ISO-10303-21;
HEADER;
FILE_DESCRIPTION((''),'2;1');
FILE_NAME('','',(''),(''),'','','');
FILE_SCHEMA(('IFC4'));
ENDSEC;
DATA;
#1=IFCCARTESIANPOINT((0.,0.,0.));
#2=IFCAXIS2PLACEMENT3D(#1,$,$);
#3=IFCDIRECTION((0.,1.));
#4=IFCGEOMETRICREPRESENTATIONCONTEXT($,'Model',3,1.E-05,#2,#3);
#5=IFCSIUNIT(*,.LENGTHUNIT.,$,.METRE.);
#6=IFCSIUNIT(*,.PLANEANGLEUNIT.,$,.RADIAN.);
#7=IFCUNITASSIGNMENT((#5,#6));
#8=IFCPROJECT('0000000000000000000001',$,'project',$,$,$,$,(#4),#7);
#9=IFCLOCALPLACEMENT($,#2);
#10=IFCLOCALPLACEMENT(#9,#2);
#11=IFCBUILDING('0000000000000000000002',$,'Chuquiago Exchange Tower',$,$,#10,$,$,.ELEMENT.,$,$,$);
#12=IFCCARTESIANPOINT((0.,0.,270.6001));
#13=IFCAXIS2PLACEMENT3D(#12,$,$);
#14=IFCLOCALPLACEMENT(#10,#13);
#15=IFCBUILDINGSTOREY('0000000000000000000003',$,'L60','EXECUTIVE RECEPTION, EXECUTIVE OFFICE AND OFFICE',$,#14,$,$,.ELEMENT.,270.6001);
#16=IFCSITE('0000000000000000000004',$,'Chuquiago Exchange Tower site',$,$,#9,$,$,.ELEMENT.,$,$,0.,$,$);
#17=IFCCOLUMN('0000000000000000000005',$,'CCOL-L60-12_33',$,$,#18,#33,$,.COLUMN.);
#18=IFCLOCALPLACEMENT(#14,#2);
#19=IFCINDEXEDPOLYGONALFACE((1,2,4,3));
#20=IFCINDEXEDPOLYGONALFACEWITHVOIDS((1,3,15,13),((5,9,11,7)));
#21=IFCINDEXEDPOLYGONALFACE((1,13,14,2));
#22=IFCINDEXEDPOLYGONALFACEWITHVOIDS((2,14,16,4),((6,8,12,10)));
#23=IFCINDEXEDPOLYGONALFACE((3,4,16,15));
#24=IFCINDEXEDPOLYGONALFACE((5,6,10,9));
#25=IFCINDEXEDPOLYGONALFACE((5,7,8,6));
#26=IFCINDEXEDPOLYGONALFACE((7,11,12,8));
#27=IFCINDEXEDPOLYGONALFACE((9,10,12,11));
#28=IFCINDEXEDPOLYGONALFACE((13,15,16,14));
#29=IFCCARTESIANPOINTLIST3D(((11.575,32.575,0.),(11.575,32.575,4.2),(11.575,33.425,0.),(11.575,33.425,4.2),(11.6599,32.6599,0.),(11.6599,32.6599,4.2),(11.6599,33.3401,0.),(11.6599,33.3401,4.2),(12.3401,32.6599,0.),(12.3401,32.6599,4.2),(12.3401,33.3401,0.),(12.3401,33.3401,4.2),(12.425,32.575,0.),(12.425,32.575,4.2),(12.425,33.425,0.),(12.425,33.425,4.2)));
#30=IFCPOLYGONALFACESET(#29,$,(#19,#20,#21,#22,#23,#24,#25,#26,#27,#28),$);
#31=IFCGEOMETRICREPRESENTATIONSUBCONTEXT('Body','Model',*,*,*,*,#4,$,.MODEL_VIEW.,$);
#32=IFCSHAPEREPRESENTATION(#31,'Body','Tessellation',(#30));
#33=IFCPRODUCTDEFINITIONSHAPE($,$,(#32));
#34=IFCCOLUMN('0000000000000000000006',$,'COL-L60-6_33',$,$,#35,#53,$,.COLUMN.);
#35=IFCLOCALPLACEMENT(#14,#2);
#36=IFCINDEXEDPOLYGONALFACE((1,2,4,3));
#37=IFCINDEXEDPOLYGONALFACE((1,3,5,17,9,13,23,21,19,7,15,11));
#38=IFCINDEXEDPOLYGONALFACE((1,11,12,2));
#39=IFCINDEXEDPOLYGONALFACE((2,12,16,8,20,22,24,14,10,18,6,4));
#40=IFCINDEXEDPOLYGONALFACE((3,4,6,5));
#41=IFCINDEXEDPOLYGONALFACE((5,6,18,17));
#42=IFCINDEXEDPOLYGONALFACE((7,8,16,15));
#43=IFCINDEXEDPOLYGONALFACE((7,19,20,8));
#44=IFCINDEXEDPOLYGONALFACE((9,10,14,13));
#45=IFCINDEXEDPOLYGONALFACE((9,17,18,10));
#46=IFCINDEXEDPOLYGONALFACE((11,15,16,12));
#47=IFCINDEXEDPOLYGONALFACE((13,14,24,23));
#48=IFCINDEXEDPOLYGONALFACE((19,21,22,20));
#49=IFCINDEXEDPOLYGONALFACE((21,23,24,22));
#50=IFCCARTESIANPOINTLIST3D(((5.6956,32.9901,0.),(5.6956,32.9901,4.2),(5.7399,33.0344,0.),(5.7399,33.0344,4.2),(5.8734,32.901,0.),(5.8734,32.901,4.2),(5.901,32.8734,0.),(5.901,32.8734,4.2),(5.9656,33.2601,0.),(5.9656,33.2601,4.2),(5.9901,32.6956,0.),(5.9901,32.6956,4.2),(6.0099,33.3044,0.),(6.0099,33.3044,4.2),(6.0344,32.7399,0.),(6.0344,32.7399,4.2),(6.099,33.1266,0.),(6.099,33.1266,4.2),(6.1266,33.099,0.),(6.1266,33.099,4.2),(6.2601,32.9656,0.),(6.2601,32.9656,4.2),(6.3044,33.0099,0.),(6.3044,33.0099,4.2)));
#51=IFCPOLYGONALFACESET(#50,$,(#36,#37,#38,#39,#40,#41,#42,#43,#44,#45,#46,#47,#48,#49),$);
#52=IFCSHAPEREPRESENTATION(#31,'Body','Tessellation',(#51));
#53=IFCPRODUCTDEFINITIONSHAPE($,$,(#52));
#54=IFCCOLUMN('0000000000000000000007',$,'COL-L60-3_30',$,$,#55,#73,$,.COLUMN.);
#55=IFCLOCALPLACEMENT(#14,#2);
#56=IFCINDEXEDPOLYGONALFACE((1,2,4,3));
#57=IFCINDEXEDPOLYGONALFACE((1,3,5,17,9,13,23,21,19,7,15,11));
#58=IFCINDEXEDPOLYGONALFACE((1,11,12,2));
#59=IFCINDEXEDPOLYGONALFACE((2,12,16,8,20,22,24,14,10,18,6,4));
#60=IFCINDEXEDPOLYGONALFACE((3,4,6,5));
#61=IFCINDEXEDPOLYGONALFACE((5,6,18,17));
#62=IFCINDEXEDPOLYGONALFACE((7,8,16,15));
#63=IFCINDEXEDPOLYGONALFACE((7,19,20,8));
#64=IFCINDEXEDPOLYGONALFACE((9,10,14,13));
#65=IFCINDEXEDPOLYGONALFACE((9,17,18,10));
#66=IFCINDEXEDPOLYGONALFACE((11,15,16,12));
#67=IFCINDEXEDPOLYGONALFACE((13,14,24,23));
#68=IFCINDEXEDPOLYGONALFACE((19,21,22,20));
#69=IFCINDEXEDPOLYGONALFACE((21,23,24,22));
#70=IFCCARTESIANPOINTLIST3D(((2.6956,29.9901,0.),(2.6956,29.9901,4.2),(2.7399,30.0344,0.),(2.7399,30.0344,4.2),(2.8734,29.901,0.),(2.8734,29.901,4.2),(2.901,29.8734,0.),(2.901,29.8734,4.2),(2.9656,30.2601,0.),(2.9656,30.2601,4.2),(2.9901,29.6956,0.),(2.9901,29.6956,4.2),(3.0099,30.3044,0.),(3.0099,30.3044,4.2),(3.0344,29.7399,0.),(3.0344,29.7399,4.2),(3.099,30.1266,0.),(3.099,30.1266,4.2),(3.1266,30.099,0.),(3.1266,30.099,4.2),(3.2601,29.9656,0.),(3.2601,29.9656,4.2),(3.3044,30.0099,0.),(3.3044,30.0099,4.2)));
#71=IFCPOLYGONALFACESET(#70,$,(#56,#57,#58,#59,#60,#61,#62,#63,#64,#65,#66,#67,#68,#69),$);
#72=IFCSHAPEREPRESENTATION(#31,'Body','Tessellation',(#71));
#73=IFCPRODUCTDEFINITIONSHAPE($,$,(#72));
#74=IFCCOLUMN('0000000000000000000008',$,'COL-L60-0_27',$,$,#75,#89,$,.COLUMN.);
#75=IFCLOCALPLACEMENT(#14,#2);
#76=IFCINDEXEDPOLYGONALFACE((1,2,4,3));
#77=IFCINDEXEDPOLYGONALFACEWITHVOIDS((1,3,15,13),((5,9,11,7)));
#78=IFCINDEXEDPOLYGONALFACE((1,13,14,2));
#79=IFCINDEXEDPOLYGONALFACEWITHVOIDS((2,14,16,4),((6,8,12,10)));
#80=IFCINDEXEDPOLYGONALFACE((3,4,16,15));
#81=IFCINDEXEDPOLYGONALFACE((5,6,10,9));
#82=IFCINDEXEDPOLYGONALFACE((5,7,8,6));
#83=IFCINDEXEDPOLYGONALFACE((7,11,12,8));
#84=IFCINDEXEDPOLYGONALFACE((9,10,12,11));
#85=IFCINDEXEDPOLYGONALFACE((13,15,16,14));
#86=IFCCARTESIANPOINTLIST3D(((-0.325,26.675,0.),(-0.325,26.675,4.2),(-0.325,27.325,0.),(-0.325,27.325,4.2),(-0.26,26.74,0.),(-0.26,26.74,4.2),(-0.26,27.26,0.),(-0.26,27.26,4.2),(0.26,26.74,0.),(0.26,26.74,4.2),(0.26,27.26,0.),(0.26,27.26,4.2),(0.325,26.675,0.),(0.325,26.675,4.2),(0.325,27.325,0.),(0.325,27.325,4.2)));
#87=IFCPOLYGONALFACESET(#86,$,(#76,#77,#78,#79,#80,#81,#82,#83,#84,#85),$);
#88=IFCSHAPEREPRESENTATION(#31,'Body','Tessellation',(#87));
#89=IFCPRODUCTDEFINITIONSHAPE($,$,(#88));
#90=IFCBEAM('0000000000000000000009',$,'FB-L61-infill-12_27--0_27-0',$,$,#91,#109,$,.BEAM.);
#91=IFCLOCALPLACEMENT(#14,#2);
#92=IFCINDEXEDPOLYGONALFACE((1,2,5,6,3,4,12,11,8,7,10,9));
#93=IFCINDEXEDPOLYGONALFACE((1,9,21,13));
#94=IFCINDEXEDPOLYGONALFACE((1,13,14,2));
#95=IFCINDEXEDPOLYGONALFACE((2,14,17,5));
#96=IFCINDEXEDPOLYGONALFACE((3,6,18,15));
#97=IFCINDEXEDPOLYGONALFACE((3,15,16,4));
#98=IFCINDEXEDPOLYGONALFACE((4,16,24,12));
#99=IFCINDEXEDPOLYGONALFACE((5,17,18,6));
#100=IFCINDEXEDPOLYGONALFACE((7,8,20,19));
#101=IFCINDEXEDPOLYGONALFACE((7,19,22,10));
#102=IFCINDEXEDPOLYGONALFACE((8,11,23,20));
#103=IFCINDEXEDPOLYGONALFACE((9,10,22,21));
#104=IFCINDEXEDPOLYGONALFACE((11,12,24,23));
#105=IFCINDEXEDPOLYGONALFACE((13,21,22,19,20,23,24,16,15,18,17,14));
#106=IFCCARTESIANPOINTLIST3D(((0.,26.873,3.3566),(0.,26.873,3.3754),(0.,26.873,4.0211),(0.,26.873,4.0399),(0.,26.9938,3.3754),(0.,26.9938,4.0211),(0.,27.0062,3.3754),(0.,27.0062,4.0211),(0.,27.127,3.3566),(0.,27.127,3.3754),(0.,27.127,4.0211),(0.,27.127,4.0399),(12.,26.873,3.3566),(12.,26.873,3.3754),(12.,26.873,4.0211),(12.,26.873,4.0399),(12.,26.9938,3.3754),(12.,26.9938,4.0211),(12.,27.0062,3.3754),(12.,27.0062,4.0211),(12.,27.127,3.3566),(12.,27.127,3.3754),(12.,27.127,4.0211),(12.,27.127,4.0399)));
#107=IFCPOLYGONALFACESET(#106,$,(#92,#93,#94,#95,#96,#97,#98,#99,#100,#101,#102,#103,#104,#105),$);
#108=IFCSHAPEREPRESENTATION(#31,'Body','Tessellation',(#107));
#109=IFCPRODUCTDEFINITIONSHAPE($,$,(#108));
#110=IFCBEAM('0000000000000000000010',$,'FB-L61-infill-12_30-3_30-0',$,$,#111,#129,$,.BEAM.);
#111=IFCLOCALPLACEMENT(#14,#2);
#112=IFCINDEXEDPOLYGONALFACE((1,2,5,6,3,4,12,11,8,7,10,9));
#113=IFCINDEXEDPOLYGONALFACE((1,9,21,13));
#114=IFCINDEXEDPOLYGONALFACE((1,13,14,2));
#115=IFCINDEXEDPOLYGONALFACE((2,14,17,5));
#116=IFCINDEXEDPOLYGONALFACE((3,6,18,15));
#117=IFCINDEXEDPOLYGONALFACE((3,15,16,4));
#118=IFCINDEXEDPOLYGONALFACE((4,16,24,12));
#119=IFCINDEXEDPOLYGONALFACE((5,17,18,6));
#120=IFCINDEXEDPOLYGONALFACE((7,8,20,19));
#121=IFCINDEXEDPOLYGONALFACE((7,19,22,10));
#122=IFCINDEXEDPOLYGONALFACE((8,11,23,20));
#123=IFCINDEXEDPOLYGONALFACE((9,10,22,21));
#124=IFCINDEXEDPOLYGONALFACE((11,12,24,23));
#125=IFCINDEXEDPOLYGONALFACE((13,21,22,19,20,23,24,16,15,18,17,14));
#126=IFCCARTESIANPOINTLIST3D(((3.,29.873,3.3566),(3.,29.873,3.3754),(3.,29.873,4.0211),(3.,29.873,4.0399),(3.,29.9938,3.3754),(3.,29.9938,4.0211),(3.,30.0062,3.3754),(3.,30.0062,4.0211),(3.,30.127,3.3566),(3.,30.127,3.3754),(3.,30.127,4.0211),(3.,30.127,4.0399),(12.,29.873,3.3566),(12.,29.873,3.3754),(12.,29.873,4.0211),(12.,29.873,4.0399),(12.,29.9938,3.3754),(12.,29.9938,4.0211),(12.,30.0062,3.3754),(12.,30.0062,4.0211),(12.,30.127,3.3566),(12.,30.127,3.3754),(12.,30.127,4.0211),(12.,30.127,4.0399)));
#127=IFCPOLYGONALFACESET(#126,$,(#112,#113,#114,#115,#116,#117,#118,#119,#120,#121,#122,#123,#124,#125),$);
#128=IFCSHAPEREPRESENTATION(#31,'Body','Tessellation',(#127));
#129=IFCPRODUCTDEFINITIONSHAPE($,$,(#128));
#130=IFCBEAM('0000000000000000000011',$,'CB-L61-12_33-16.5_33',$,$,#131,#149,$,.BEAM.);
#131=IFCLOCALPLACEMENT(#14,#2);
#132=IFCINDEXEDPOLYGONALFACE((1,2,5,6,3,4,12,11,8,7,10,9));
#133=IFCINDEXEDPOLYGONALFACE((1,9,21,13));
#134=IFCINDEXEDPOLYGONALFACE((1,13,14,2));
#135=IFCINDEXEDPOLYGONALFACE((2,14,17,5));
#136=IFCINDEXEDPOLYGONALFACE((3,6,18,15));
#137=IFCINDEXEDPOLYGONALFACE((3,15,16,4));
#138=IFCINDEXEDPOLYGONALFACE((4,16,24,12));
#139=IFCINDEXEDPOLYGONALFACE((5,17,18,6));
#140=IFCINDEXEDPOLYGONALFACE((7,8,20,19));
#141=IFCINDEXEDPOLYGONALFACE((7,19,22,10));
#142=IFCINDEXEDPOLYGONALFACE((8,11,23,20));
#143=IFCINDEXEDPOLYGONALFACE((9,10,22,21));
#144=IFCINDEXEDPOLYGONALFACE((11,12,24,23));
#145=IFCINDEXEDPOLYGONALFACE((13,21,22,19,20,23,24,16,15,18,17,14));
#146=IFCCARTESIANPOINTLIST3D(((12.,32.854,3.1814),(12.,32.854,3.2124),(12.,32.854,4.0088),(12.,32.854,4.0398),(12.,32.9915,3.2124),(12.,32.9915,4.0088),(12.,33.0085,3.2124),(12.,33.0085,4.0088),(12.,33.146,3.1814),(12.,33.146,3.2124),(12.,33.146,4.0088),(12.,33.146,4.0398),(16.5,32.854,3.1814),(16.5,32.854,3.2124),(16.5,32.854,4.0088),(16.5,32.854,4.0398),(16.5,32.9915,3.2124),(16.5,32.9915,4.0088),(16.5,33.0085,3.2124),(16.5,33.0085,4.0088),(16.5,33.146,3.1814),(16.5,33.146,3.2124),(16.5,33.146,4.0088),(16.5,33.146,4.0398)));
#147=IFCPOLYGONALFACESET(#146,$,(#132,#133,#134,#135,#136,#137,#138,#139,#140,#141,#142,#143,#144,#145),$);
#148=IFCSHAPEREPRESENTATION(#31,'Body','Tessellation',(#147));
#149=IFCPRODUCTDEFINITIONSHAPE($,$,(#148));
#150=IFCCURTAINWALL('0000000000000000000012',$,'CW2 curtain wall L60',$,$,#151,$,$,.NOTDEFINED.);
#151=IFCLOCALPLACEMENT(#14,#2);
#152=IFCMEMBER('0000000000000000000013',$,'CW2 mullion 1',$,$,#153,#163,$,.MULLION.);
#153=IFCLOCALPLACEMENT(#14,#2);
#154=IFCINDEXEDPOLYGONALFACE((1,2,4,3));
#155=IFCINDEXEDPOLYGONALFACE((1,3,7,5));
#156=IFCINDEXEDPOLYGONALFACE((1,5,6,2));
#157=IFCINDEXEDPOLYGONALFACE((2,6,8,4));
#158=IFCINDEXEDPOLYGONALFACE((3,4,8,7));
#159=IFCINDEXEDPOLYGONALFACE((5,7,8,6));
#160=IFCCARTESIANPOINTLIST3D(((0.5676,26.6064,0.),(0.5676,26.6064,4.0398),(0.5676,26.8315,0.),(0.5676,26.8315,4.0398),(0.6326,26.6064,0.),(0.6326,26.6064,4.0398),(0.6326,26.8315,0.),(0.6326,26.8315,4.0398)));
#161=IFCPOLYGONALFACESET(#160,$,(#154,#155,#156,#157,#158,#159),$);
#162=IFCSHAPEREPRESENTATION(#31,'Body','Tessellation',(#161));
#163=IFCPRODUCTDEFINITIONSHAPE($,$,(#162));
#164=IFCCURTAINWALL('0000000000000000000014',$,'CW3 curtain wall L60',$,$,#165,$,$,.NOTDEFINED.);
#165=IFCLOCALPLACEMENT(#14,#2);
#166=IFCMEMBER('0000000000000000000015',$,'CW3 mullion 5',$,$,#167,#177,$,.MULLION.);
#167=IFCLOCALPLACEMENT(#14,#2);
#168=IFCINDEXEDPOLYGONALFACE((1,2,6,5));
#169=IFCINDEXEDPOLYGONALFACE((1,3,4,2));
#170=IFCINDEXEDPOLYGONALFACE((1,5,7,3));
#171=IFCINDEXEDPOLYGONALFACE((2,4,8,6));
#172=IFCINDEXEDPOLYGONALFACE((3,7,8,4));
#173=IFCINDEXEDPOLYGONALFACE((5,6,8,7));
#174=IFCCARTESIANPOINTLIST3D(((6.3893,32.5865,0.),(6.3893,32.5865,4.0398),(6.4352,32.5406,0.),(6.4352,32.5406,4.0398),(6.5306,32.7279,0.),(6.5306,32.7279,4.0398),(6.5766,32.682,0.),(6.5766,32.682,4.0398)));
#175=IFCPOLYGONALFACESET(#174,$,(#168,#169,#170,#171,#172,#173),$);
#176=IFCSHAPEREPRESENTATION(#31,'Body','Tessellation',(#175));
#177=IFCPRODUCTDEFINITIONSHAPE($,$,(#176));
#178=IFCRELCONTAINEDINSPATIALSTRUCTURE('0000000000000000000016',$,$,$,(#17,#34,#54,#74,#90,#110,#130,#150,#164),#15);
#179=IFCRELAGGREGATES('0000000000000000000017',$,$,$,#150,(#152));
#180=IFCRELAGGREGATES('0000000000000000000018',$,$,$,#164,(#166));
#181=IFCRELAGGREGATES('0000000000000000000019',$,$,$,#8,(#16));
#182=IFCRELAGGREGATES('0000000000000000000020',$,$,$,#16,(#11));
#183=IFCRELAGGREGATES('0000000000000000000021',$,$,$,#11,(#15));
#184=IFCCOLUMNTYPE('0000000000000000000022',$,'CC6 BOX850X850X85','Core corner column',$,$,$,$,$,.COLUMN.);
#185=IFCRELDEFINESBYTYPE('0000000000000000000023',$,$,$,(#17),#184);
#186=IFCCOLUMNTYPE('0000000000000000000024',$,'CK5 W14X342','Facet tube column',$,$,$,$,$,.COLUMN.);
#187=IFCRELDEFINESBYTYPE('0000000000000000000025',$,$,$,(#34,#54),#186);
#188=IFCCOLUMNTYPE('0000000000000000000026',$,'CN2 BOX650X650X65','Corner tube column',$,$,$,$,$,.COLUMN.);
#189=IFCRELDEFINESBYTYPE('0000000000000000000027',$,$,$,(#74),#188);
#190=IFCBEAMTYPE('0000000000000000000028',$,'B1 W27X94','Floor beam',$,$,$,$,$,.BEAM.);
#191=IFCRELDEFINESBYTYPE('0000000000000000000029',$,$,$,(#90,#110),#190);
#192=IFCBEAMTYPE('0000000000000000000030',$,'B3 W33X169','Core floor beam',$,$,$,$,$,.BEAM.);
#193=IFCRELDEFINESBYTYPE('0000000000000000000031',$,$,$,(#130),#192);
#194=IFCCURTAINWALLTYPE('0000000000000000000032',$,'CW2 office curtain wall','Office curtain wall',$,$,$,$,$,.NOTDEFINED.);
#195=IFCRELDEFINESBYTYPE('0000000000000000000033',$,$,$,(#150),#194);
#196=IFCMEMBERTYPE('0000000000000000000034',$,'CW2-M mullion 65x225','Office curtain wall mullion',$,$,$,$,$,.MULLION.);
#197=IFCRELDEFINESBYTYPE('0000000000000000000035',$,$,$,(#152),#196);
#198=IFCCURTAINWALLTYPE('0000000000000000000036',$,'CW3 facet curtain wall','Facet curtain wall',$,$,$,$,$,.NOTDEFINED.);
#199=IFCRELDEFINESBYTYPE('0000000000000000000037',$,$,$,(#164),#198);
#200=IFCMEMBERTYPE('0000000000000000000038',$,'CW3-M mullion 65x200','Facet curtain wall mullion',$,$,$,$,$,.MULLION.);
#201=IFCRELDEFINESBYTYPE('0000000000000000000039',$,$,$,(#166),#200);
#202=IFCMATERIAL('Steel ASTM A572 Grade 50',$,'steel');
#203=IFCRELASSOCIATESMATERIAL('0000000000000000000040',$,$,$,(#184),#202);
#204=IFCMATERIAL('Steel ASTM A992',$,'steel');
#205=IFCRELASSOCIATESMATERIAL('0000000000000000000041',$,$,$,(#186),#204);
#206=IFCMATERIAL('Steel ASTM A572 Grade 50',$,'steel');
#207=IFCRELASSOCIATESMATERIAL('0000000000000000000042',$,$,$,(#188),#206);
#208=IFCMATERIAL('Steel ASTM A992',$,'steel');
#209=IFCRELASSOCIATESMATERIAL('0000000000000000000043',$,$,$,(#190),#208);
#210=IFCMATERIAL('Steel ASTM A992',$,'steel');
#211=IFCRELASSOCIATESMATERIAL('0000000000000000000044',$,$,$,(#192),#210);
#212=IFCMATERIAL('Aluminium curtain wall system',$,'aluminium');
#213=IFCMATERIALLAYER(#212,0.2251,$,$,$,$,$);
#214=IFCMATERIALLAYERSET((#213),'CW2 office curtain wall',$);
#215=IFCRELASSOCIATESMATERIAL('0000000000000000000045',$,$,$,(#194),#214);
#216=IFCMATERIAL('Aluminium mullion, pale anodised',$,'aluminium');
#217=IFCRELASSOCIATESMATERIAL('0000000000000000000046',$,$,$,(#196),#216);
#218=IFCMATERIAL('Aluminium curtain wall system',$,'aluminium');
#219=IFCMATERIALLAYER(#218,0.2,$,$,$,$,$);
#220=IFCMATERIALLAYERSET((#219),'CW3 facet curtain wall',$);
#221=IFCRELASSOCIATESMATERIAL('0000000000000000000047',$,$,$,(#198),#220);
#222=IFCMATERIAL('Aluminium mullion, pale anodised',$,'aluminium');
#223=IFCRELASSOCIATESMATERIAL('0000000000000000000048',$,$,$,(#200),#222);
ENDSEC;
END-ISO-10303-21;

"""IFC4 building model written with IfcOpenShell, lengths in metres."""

from ifc_helpers import new_model, si_unit, direction, frame, origin, origin_2d, place, context, subcontext, project, spatial, rectangle, hollow_rectangle, i_section, extrude, material, layer, layer_set, material_profile, profile_set, type_object, element, aggregate, save


model = new_model("IFC4")

# Units and contexts
model_context = context("Model", 3, precision=1e-05, world=origin(), true_north=direction((0.0, 1.0)))
body_context = subcontext(model_context, "Body", "Model", "MODEL_VIEW")
ifc_project = project(units=[si_unit("LENGTHUNIT", "METRE"), si_unit("PLANEANGLEUNIT", "RADIAN")], contexts=[model_context])

# Site, building, storey
site_placement = place(None, origin())
site = spatial("IfcSite", under=ifc_project, at=site_placement, Name="Chuquiago Exchange Tower site", CompositionType="ELEMENT", RefElevation=0.0)
building_placement = place(site_placement, origin())
building = spatial("IfcBuilding", under=site, at=building_placement, Name="Chuquiago Exchange Tower", CompositionType="ELEMENT")
storey_placement = place(building_placement, frame((0.0, 0.0, 270.6001)))
storey = spatial("IfcBuildingStorey", under=building, at=storey_placement, Name="L60", Description="EXECUTIVE RECEPTION, EXECUTIVE OFFICE AND OFFICE", CompositionType="ELEMENT", Elevation=270.6001)

# Columns
ifc_material_1 = material(Name="Steel ASTM A572 Grade 50", Category="steel")
ifc_material_profile_1 = material_profile(ifc_material_1, hollow_rectangle(XDim=0.8501, YDim=0.8501, WallThickness=0.085, at=origin_2d()), Name="BOX850X850X85")
ifc_profile_set_1 = profile_set([ifc_material_profile_1], Name="Steel ASTM A572 Grade 50")
column_type_1 = type_object("IfcColumnType", Name="CC6 BOX850X850X85", Description="Core corner column", PredefinedType="COLUMN", material=ifc_profile_set_1)
column_1_placement = place(storey_placement, frame((12.0, 33.0, 0.0), z_axis=(0.0, 0.0, 1.0), x_axis=(1.0, 0.0, 0.0)))
element("IfcColumn", 1, at=column_1_placement, inside=storey, type_object=column_type_1, Name="CCOL-L60-12_33", PredefinedType="COLUMN", context=body_context, shape_type="SweptSolid", body=[
    extrude(hollow_rectangle(XDim=0.8501, YDim=0.8501, WallThickness=0.085, at=origin_2d()), origin(), (0.0, 0.0, 1.0), 4.2),
])
ifc_material_2 = material(Name="Steel ASTM A992", Category="steel")
ifc_material_profile_2 = material_profile(ifc_material_2, i_section(OverallWidth=0.4165, OverallDepth=0.4446, WebThickness=0.0391, FlangeThickness=0.0627, at=origin_2d()), Name="W14X342")
ifc_profile_set_2 = profile_set([ifc_material_profile_2], Name="Steel ASTM A992")
column_type_2 = type_object("IfcColumnType", Name="CK5 W14X342", Description="Facet tube column", PredefinedType="COLUMN", material=ifc_profile_set_2)
for number, where, z_axis, x_axis, name in (
    (2, (6.0, 33.0, 0.0), (0.0, 0.0, 1.0), (-0.707107, 0.707107, 0.0), "COL-L60-6_33"),
    (3, (3.0, 30.0, 0.0), (0.0, 0.0, 1.0), (-0.707107, 0.707107, 0.0), "COL-L60-3_30"),
):
    element("IfcColumn", number, at=place(storey_placement, frame(where, z_axis=z_axis, x_axis=x_axis)), inside=storey, type_object=column_type_2, Name=name, PredefinedType="COLUMN", context=body_context, shape_type="SweptSolid", body=[
        extrude(i_section(OverallWidth=0.4165, OverallDepth=0.4446, WebThickness=0.0391, FlangeThickness=0.0627, at=origin_2d()), origin(), (0.0, 0.0, 1.0), 4.2),
    ])
ifc_material_3 = material(Name="Steel ASTM A572 Grade 50", Category="steel")
ifc_material_profile_3 = material_profile(ifc_material_3, hollow_rectangle(XDim=0.6499, YDim=0.6499, WallThickness=0.0649, at=origin_2d()), Name="BOX650X650X65")
ifc_profile_set_3 = profile_set([ifc_material_profile_3], Name="Steel ASTM A572 Grade 50")
column_type_3 = type_object("IfcColumnType", Name="CN2 BOX650X650X65", Description="Corner tube column", PredefinedType="COLUMN", material=ifc_profile_set_3)
column_2_placement = place(storey_placement, frame((0.0, 27.0, 0.0), z_axis=(0.0, 0.0, 1.0), x_axis=(-1.0, 0.0, 0.0)))
element("IfcColumn", 4, at=column_2_placement, inside=storey, type_object=column_type_3, Name="COL-L60-0_27", PredefinedType="COLUMN", context=body_context, shape_type="SweptSolid", body=[
    extrude(hollow_rectangle(XDim=0.6499, YDim=0.6499, WallThickness=0.0649, at=origin_2d()), origin(), (0.0, 0.0, 1.0), 4.2),
])

# Beams
ifc_material_4 = material(Name="Steel ASTM A992", Category="steel")
ifc_material_profile_4 = material_profile(ifc_material_4, i_section(OverallWidth=0.2539, OverallDepth=0.6833, WebThickness=0.0125, FlangeThickness=0.0188, at=origin_2d()), Name="W27X94")
ifc_profile_set_4 = profile_set([ifc_material_profile_4], Name="Steel ASTM A992")
beam_type_1 = type_object("IfcBeamType", Name="B1 W27X94", Description="Floor beam", PredefinedType="BEAM", material=ifc_profile_set_4)
beam_1_placement = place(storey_placement, frame((12.0, 27.0, 3.6982), z_axis=(-1.0, 0.0, 0.0), x_axis=(0.0, -1.0, 0.0)))
element("IfcBeam", 5, at=beam_1_placement, inside=storey, type_object=beam_type_1, Name="FB-L61-infill-12_27--0_27-0", PredefinedType="BEAM", context=body_context, shape_type="SweptSolid", body=[
    extrude(i_section(OverallWidth=0.2539, OverallDepth=0.6833, WebThickness=0.0125, FlangeThickness=0.0188, at=origin_2d()), origin(), (0.0, 0.0, 1.0), 12.0),
])
beam_2_placement = place(storey_placement, frame((12.0, 30.0, 3.6982), z_axis=(-1.0, 0.0, 0.0), x_axis=(0.0, -1.0, 0.0)))
element("IfcBeam", 6, at=beam_2_placement, inside=storey, type_object=beam_type_1, Name="FB-L61-infill-12_30-3_30-0", PredefinedType="BEAM", context=body_context, shape_type="SweptSolid", body=[
    extrude(i_section(OverallWidth=0.2539, OverallDepth=0.6833, WebThickness=0.0125, FlangeThickness=0.0188, at=origin_2d()), origin(), (0.0, 0.0, 1.0), 9.0),
])
ifc_material_5 = material(Name="Steel ASTM A992", Category="steel")
ifc_material_profile_5 = material_profile(ifc_material_5, i_section(OverallWidth=0.292, OverallDepth=0.8584, WebThickness=0.0171, FlangeThickness=0.031, at=origin_2d()), Name="W33X169")
ifc_profile_set_5 = profile_set([ifc_material_profile_5], Name="Steel ASTM A992")
beam_type_2 = type_object("IfcBeamType", Name="B3 W33X169", Description="Core floor beam", PredefinedType="BEAM", material=ifc_profile_set_5)
beam_3_placement = place(storey_placement, frame((12.0, 33.0, 3.6106), z_axis=(1.0, 0.0, 0.0), x_axis=(0.0, 1.0, 0.0)))
element("IfcBeam", 7, at=beam_3_placement, inside=storey, type_object=beam_type_2, Name="CB-L61-12_33-16.5_33", PredefinedType="BEAM", context=body_context, shape_type="SweptSolid", body=[
    extrude(i_section(OverallWidth=0.292, OverallDepth=0.8584, WebThickness=0.0171, FlangeThickness=0.031, at=origin_2d()), origin(), (0.0, 0.0, 1.0), 4.5),
])

# Curtain wall, member
ifc_material_6 = material(Name="Aluminium curtain wall system", Category="aluminium")
ifc_layer_1 = layer(ifc_material_6, 0.2251)
ifc_layer_set_1 = layer_set([ifc_layer_1], Name="CW2 office curtain wall")
curtain_wall_type_1 = type_object("IfcCurtainWallType", Name="CW2 office curtain wall", Description="Office curtain wall", PredefinedType="NOTDEFINED", material=ifc_layer_set_1)
curtain_wall_1_placement = place(storey_placement, origin())
curtain_wall_1 = element("IfcCurtainWall", 8, at=curtain_wall_1_placement, inside=storey, type_object=curtain_wall_type_1, Name="CW2 curtain wall L60", PredefinedType="NOTDEFINED")
ifc_material_7 = material(Name="Aluminium mullion, pale anodised", Category="aluminium")
ifc_material_profile_6 = material_profile(ifc_material_7, rectangle(XDim=0.0649, YDim=0.2251, at=origin_2d()), Name="AL 65x225")
ifc_profile_set_6 = profile_set([ifc_material_profile_6], Name="Aluminium mullion, pale anodised")
member_type_1 = type_object("IfcMemberType", Name="CW2-M mullion 65x225", Description="Office curtain wall mullion", PredefinedType="MULLION", material=ifc_profile_set_6)
member_1_placement = place(storey_placement, frame((0.6001, 26.719, 0.0), z_axis=(0.0, 0.0, 1.0), x_axis=(1.0, 0.0, 0.0)))
member_1 = element("IfcMember", 9, at=member_1_placement, type_object=member_type_1, Name="CW2 mullion 1", PredefinedType="MULLION", context=body_context, shape_type="SweptSolid", body=[
    extrude(rectangle(XDim=0.0649, YDim=0.2251, at=origin_2d()), origin(), (0.0, 0.0, 1.0), 4.0398),
])
aggregate(curtain_wall_1, [member_1])

# Curtain wall, member
ifc_material_8 = material(Name="Aluminium curtain wall system", Category="aluminium")
ifc_layer_2 = layer(ifc_material_8, 0.2)
ifc_layer_set_2 = layer_set([ifc_layer_2], Name="CW3 facet curtain wall")
curtain_wall_type_2 = type_object("IfcCurtainWallType", Name="CW3 facet curtain wall", Description="Facet curtain wall", PredefinedType="NOTDEFINED", material=ifc_layer_set_2)
curtain_wall_2_placement = place(storey_placement, origin())
curtain_wall_2 = element("IfcCurtainWall", 10, at=curtain_wall_2_placement, inside=storey, type_object=curtain_wall_type_2, Name="CW3 curtain wall L60", PredefinedType="NOTDEFINED")
ifc_material_9 = material(Name="Aluminium mullion, pale anodised", Category="aluminium")
ifc_material_profile_7 = material_profile(ifc_material_9, rectangle(XDim=0.0649, YDim=0.2, at=origin_2d()), Name="AL 65x200")
ifc_profile_set_7 = profile_set([ifc_material_profile_7], Name="Aluminium mullion, pale anodised")
member_type_2 = type_object("IfcMemberType", Name="CW3-M mullion 65x200", Description="Facet curtain wall mullion", PredefinedType="MULLION", material=ifc_profile_set_7)
member_2_placement = place(storey_placement, frame((6.4829, 32.6343, 0.0), z_axis=(0.0, 0.0, 1.0), x_axis=(0.707107, -0.707107, 0.0)))
member_2 = element("IfcMember", 11, at=member_2_placement, type_object=member_type_2, Name="CW3 mullion 5", PredefinedType="MULLION", context=body_context, shape_type="SweptSolid", body=[
    extrude(rectangle(XDim=0.0649, YDim=0.2, at=origin_2d()), origin(), (0.0, 0.0, 1.0), 4.0398),
])

aggregate(curtain_wall_2, [member_2])

save(model, "model.ifc")
